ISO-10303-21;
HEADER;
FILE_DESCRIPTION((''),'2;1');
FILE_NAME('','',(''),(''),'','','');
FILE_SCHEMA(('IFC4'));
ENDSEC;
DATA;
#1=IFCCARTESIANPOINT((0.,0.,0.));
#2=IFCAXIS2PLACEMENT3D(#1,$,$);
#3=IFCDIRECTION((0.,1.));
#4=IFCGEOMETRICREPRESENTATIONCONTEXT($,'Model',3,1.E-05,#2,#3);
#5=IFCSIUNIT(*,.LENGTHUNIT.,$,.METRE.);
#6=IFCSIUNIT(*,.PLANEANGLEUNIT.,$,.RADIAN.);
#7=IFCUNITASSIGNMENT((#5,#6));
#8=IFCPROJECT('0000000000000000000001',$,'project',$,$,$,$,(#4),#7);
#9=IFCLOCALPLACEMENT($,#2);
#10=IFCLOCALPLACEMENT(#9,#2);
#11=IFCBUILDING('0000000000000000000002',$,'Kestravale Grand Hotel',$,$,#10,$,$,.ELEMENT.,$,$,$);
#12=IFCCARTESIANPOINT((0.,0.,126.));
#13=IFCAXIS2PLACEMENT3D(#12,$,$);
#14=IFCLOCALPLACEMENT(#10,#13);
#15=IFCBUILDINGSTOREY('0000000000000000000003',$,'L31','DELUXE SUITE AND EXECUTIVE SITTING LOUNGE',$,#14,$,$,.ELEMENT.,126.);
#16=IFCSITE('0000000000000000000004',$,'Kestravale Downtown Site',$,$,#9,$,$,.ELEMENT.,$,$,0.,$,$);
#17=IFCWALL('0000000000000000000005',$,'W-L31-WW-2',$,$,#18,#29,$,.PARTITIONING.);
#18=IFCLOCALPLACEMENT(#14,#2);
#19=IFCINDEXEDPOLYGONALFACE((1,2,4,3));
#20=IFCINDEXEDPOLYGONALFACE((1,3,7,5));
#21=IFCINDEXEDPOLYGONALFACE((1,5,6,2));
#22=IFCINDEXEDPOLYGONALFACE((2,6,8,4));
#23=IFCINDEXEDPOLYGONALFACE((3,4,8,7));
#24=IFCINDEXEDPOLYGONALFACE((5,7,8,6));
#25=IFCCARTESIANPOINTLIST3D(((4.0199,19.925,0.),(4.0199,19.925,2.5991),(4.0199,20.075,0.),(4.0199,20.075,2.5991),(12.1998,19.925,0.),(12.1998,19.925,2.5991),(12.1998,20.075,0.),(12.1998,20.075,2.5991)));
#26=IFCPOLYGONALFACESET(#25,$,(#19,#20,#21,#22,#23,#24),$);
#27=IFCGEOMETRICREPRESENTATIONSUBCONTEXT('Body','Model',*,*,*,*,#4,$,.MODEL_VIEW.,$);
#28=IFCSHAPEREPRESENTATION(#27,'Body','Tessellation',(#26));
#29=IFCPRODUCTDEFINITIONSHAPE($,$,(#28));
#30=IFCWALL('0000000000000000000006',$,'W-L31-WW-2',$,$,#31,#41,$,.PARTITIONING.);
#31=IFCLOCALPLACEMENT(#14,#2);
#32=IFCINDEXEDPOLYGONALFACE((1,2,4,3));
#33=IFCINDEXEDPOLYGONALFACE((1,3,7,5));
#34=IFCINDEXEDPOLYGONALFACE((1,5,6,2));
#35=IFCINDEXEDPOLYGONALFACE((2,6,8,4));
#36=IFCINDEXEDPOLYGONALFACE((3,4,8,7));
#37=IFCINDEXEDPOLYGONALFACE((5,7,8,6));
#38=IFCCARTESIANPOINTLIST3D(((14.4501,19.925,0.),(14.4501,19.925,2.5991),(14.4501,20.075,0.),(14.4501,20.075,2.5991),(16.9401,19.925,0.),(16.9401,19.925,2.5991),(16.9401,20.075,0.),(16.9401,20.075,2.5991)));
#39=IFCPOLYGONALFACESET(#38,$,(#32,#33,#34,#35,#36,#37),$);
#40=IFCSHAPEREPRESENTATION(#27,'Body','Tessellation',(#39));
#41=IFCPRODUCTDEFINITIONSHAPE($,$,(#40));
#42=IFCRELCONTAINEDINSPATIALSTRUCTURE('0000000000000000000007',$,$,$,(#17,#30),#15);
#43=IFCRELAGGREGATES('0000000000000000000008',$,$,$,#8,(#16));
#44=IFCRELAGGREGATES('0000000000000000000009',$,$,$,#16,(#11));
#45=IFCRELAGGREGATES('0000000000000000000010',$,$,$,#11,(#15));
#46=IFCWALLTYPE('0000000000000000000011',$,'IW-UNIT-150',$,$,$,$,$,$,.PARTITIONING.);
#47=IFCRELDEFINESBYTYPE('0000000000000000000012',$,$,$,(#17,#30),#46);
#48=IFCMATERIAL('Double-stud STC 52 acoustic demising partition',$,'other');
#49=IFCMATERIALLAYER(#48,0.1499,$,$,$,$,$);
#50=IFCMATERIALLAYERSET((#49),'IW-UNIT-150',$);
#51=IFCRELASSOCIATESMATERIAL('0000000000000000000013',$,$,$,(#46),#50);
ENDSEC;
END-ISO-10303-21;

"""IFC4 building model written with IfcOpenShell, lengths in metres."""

from ifc_helpers import new_model, si_unit, direction, frame, frame_2d, origin, place, context, subcontext, project, spatial, rectangle, extrude, material, layer, layer_set, type_object, element, save


model = new_model("IFC4")

# Units and contexts
model_context = context("Model", 3, precision=1e-05, world=origin(), true_north=direction((0.0, 1.0)))
body_context = subcontext(model_context, "Body", "Model", "MODEL_VIEW")
ifc_project = project(units=[si_unit("LENGTHUNIT", "METRE"), si_unit("PLANEANGLEUNIT", "RADIAN")], contexts=[model_context])

# Site, building, storey
site_placement = place(None, origin())
site = spatial("IfcSite", under=ifc_project, at=site_placement, Name="Kestravale Downtown Site", CompositionType="ELEMENT", RefElevation=0.0)
building_placement = place(site_placement, origin())
building = spatial("IfcBuilding", under=site, at=building_placement, Name="Kestravale Grand Hotel", CompositionType="ELEMENT")
storey_placement = place(building_placement, frame((0.0, 0.0, 126.0)))
storey = spatial("IfcBuildingStorey", under=building, at=storey_placement, Name="L31", Description="DELUXE SUITE AND EXECUTIVE SITTING LOUNGE", CompositionType="ELEMENT", Elevation=126.0)

# Walls
ifc_material_1 = material(Name="Double-stud STC 52 acoustic demising partition", Category="other")
ifc_layer_1 = layer(ifc_material_1, 0.1499)
ifc_layer_set_1 = layer_set([ifc_layer_1], Name="IW-UNIT-150")
wall_type_1 = type_object("IfcWallType", Name="IW-UNIT-150", PredefinedType="PARTITIONING", material=ifc_layer_set_1)
wall_1_placement = place(storey_placement, frame((4.02, 20.0, 0.0), z_axis=(0.0, 0.0, 1.0), x_axis=(1.0, 0.0, 0.0)))
element("IfcWall", 1, at=wall_1_placement, inside=storey, type_object=wall_type_1, Name="W-L31-WW-2", PredefinedType="PARTITIONING", context=body_context, shape_type="SweptSolid", body=[
    extrude(rectangle(XDim=8.1799, YDim=0.1499, at=frame_2d((4.0898, 0.0))), origin(), (0.0, 0.0, 1.0), 2.5991),
])
wall_2_placement = place(storey_placement, frame((14.45, 20.0, 0.0), z_axis=(0.0, 0.0, 1.0), x_axis=(1.0, 0.0, 0.0)))
element("IfcWall", 2, at=wall_2_placement, inside=storey, type_object=wall_type_1, Name="W-L31-WW-2", PredefinedType="PARTITIONING", context=body_context, shape_type="SweptSolid", body=[
    extrude(rectangle(XDim=2.49, YDim=0.1499, at=frame_2d((1.2451, 0.0))), origin(), (0.0, 0.0, 1.0), 2.5991),
])

save(model, "model.ifc")
